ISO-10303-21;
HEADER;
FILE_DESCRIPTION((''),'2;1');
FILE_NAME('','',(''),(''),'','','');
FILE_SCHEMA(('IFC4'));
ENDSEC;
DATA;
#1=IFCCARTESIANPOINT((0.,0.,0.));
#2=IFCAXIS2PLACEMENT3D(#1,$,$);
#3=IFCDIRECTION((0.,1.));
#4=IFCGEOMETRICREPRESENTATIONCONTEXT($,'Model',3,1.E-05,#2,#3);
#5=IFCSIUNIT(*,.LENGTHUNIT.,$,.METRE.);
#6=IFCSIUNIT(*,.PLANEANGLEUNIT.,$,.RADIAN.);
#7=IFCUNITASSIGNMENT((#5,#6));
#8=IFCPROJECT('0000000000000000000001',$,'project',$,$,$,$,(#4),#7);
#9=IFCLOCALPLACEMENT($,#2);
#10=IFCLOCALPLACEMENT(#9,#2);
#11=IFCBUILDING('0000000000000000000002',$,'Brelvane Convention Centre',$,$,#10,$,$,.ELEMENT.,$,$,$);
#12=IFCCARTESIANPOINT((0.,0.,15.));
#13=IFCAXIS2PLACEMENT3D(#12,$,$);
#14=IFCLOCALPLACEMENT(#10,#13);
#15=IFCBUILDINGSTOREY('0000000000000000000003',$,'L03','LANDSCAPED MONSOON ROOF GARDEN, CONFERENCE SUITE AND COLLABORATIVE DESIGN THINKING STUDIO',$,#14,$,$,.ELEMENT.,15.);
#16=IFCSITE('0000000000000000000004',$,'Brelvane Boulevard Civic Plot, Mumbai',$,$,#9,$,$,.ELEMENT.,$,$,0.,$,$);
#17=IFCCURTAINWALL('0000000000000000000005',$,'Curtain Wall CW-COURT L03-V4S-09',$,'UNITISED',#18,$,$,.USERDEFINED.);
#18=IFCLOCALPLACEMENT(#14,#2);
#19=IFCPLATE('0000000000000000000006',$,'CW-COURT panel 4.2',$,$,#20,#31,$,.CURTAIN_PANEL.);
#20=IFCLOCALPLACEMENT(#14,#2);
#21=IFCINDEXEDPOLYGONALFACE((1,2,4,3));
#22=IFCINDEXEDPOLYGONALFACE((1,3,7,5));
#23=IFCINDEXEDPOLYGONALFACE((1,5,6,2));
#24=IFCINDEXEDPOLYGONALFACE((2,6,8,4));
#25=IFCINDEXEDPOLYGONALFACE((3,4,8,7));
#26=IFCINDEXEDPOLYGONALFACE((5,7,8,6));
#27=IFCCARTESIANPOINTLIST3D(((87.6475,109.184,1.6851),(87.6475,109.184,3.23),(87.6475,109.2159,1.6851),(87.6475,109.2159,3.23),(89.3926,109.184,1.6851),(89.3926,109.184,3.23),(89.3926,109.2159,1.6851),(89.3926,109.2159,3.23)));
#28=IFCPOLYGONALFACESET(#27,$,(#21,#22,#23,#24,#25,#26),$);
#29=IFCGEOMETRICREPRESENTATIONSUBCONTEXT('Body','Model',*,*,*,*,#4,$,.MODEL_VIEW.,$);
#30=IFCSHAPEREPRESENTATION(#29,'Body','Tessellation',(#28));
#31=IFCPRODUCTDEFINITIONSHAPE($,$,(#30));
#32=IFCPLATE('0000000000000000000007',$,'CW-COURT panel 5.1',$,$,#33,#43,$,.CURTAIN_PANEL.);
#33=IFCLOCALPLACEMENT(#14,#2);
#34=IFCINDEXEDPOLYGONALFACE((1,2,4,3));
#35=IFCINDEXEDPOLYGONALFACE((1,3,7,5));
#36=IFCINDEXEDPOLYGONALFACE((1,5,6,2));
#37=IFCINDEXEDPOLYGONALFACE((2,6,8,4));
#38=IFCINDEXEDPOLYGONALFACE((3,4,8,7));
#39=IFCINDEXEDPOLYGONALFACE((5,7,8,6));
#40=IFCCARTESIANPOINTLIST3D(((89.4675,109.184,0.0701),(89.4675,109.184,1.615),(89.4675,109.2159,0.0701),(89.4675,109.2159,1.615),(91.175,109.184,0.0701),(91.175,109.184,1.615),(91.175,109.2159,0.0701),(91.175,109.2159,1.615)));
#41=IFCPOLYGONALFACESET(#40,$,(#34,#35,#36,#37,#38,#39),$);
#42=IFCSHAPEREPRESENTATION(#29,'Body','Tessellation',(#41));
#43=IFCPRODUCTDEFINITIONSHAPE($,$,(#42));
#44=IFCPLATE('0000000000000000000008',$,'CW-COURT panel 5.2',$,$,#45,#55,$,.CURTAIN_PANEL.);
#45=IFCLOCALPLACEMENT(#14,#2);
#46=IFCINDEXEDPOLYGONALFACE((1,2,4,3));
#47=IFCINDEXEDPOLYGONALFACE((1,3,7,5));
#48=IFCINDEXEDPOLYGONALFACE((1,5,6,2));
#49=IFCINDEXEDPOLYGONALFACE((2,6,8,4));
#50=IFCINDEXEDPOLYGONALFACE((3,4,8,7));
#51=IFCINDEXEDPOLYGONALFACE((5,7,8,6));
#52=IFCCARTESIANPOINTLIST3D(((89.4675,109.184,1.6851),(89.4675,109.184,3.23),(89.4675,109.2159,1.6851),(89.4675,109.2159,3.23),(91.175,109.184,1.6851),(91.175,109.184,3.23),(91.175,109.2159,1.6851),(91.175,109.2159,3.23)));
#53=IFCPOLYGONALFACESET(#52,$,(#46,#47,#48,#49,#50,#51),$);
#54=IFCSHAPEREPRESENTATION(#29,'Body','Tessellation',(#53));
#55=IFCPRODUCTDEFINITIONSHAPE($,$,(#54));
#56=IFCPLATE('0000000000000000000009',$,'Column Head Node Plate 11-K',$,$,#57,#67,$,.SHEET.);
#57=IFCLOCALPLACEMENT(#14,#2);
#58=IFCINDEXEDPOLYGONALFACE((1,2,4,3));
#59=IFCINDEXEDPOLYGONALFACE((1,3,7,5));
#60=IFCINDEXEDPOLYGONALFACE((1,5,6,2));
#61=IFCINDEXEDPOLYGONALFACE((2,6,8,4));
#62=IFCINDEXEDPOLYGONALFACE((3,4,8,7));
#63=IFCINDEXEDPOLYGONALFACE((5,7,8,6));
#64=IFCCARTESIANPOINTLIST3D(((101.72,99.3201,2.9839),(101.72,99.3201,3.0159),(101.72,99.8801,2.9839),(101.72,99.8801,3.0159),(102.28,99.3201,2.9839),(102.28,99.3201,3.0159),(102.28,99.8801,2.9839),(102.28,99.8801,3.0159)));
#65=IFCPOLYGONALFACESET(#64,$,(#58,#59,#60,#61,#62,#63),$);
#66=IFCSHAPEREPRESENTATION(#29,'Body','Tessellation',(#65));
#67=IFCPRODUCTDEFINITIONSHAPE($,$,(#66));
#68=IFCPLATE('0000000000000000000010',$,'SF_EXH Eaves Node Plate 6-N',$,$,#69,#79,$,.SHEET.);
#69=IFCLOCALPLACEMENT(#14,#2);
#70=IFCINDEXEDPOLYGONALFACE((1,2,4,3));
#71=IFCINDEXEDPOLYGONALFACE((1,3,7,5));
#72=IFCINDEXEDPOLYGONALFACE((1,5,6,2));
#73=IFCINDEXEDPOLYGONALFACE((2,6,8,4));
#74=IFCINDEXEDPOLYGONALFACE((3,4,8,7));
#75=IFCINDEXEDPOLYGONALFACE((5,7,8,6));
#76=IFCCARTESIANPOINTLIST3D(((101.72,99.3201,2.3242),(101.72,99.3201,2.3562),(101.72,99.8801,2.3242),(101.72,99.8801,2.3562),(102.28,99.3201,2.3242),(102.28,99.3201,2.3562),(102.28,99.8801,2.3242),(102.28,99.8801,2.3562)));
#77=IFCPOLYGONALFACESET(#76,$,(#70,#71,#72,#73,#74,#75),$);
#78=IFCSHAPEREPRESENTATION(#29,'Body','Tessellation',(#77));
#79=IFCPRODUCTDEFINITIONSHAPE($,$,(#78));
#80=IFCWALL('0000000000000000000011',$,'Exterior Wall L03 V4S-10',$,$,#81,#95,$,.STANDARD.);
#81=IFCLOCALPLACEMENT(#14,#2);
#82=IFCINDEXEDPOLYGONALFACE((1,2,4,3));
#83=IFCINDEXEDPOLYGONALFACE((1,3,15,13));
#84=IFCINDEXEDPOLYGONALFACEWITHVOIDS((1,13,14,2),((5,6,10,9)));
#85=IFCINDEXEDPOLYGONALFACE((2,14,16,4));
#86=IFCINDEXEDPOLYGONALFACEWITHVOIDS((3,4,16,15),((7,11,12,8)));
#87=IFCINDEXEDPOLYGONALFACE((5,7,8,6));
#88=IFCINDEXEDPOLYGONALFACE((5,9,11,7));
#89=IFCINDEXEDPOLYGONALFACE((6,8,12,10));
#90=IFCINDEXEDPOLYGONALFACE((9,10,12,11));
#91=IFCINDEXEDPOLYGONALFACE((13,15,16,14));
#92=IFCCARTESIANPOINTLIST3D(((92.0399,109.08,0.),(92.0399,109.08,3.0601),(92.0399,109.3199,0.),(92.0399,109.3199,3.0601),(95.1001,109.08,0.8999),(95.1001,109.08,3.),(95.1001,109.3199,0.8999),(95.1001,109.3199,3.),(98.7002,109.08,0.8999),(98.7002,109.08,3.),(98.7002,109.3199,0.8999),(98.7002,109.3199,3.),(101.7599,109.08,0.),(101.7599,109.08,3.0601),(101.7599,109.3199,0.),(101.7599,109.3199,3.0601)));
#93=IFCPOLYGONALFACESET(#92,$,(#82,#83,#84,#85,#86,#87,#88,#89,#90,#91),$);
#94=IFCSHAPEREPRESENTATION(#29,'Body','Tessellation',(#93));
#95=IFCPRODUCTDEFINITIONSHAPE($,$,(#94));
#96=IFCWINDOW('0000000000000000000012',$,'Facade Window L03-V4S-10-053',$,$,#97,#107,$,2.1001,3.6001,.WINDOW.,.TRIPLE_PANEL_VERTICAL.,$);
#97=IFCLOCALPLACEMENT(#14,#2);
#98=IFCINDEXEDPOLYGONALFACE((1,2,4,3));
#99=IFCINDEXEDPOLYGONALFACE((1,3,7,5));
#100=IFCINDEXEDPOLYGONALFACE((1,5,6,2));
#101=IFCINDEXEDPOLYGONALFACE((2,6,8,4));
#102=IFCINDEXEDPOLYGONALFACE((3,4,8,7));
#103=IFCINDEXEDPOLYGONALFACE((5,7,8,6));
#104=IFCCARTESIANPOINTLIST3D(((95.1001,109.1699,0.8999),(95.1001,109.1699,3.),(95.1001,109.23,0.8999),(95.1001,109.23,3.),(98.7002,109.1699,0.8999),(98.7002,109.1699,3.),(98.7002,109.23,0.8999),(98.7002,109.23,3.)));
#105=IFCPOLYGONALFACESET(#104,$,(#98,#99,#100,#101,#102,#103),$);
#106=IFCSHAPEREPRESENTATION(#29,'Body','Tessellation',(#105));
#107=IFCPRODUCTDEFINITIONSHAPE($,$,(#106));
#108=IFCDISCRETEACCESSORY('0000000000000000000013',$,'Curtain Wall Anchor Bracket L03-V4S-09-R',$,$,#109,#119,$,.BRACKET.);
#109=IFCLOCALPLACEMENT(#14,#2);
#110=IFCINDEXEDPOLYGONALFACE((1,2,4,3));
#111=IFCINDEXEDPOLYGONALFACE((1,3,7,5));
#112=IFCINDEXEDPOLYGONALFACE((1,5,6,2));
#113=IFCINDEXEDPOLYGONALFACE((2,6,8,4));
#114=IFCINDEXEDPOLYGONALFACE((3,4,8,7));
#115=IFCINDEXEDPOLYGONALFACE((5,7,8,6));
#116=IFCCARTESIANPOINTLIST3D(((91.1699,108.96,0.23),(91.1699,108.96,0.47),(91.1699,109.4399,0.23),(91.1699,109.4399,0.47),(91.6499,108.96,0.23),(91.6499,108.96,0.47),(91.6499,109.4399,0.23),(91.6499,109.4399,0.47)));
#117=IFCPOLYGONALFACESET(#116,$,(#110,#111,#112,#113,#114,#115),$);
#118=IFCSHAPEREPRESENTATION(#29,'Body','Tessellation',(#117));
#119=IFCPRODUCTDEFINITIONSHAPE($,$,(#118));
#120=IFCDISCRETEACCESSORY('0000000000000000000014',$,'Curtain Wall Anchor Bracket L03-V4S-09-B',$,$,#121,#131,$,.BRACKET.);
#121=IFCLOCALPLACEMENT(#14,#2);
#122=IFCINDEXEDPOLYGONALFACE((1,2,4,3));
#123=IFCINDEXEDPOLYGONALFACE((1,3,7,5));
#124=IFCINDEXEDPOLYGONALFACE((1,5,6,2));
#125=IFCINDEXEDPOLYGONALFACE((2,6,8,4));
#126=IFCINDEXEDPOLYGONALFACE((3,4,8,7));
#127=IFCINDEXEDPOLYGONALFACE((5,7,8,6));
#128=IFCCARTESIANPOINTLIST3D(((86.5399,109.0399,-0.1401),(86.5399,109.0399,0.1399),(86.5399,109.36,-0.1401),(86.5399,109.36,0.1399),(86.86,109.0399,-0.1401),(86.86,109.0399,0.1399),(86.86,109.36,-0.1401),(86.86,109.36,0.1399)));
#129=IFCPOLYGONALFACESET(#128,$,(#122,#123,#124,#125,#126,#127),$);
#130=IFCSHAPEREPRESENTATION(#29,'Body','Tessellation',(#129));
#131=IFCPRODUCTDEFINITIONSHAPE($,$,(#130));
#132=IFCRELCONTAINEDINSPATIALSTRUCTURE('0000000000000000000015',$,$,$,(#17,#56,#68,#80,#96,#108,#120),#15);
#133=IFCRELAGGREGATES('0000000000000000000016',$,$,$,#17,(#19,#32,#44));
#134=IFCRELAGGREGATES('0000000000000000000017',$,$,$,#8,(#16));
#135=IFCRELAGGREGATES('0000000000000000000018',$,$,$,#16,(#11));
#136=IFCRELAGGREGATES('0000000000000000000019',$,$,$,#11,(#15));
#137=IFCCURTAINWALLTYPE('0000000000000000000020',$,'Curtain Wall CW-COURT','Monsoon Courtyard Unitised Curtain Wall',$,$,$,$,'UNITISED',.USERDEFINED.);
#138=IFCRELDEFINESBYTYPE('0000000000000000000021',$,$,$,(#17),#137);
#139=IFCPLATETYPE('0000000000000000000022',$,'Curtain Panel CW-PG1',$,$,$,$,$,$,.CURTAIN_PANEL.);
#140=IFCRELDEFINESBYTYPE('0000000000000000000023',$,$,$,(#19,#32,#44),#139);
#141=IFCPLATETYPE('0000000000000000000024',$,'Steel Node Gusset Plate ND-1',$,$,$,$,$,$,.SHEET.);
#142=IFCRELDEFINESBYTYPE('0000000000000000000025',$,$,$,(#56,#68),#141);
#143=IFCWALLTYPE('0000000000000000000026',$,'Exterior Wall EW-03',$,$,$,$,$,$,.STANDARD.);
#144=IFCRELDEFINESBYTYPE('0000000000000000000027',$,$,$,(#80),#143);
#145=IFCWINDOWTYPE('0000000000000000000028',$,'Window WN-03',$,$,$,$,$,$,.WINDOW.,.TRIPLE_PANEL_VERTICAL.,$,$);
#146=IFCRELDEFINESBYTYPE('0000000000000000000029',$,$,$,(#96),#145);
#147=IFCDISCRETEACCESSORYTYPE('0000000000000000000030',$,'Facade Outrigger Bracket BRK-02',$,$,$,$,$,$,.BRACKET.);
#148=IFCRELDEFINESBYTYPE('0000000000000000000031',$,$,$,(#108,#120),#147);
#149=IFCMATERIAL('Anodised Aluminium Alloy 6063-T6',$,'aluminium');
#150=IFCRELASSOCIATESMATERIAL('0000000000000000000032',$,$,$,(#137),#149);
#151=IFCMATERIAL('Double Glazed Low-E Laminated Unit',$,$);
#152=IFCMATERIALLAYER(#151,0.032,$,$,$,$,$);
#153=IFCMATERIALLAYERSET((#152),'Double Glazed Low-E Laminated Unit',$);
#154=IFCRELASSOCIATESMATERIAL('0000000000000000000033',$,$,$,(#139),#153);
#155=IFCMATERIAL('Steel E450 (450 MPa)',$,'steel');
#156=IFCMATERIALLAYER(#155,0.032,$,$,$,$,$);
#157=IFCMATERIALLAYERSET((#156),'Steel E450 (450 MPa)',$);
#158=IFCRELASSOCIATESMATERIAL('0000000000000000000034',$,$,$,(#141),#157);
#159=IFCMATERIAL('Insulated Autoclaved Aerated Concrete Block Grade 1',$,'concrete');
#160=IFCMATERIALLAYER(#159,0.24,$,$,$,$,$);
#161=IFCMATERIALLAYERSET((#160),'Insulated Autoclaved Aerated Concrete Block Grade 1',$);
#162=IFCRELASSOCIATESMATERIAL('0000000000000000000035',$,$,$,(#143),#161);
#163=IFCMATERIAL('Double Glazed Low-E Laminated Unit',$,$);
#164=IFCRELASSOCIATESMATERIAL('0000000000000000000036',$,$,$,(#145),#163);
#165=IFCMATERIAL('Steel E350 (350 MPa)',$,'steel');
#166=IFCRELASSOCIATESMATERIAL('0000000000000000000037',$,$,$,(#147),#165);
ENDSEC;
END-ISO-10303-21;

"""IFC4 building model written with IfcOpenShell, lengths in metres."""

from ifc_helpers import new_model, si_unit, direction, frame, frame_2d, origin, origin_2d, place, context, subcontext, project, spatial, rectangle, extrude, material, layer, layer_set, type_object, element, fill, aggregate, save


model = new_model("IFC4")

# Units and contexts
model_context = context("Model", 3, precision=1e-05, world=origin(), true_north=direction((0.0, 1.0)))
body_context = subcontext(model_context, "Body", "Model", "MODEL_VIEW")
ifc_project = project(units=[si_unit("LENGTHUNIT", "METRE"), si_unit("PLANEANGLEUNIT", "RADIAN")], contexts=[model_context])

# Site, building, storey
site_placement = place(None, origin())
site = spatial("IfcSite", under=ifc_project, at=site_placement, Name="Brelvane Boulevard Civic Plot, Mumbai", CompositionType="ELEMENT", RefElevation=0.0)
building_placement = place(site_placement, origin())
building = spatial("IfcBuilding", under=site, at=building_placement, Name="Brelvane Convention Centre", CompositionType="ELEMENT")
storey_placement = place(building_placement, frame((0.0, 0.0, 15.0)))
storey = spatial("IfcBuildingStorey", under=building, at=storey_placement, Name="L03", Description="LANDSCAPED MONSOON ROOF GARDEN, CONFERENCE SUITE AND COLLABORATIVE DESIGN THINKING STUDIO", CompositionType="ELEMENT", Elevation=15.0)

# Curtain wall
ifc_material_1 = material(Name="Anodised Aluminium Alloy 6063-T6", Category="aluminium")
curtain_wall_type = type_object("IfcCurtainWallType", Name="Curtain Wall CW-COURT", Description="Monsoon Courtyard Unitised Curtain Wall", ElementType="UNITISED", PredefinedType="USERDEFINED", material=ifc_material_1)
curtain_wall_placement = place(storey_placement, origin())
curtain_wall = element("IfcCurtainWall", 1, at=curtain_wall_placement, inside=storey, type_object=curtain_wall_type, Name="Curtain Wall CW-COURT L03-V4S-09", ObjectType="UNITISED", PredefinedType="USERDEFINED")

# Plates
ifc_material_2 = material(Name="Double Glazed Low-E Laminated Unit")
ifc_layer_1 = layer(ifc_material_2, 0.032)
ifc_layer_set_1 = layer_set([ifc_layer_1], Name="Double Glazed Low-E Laminated Unit")
plate_type_1 = type_object("IfcPlateType", Name="Curtain Panel CW-PG1", PredefinedType="CURTAIN_PANEL", material=ifc_layer_set_1)
plate_1_placement = place(storey_placement, frame((88.52, 109.2, 1.6851), z_axis=(0.0, 0.0, 1.0), x_axis=(1.0, 0.0, 0.0)))
plate_1 = element("IfcPlate", 2, at=plate_1_placement, type_object=plate_type_1, Name="CW-COURT panel 4.2", PredefinedType="CURTAIN_PANEL", context=body_context, shape_type="SweptSolid", body=[
    extrude(rectangle(XDim=1.7451, YDim=0.032, at=origin_2d()), origin(), (0.0, 0.0, 1.0), 1.5449),
])
plate_2_placement = place(storey_placement, frame((90.3213, 109.2, 0.0701), z_axis=(0.0, 0.0, 1.0), x_axis=(1.0, 0.0, 0.0)))
plate_2 = element("IfcPlate", 3, at=plate_2_placement, type_object=plate_type_1, Name="CW-COURT panel 5.1", PredefinedType="CURTAIN_PANEL", context=body_context, shape_type="SweptSolid", body=[
    extrude(rectangle(XDim=1.7075, YDim=0.032, at=origin_2d()), origin(), (0.0, 0.0, 1.0), 1.5449),
])
plate_3_placement = place(storey_placement, frame((90.3213, 109.2, 1.6851), z_axis=(0.0, 0.0, 1.0), x_axis=(1.0, 0.0, 0.0)))
plate_3 = element("IfcPlate", 4, at=plate_3_placement, type_object=plate_type_1, Name="CW-COURT panel 5.2", PredefinedType="CURTAIN_PANEL", context=body_context, shape_type="SweptSolid", body=[
    extrude(rectangle(XDim=1.7075, YDim=0.032, at=origin_2d()), origin(), (0.0, 0.0, 1.0), 1.5449),
])
aggregate(curtain_wall, [plate_1, plate_2, plate_3])

# Plates
ifc_material_3 = material(Name="Steel E450 (450 MPa)", Category="steel")
ifc_layer_2 = layer(ifc_material_3, 0.032)
ifc_layer_set_2 = layer_set([ifc_layer_2], Name="Steel E450 (450 MPa)")
plate_type_2 = type_object("IfcPlateType", Name="Steel Node Gusset Plate ND-1", PredefinedType="SHEET", material=ifc_layer_set_2)
for number, where, z_axis, x_axis, name in (
    (5, (102.0, 99.6001, 2.9839), (0.0, 0.0, 1.0), (1.0, 0.0, 0.0), "Column Head Node Plate 11-K"),
    (6, (102.0, 99.6001, 2.3242), (0.0, 0.0, 1.0), (1.0, 0.0, 0.0), "SF_EXH Eaves Node Plate 6-N"),
):
    element("IfcPlate", number, at=place(storey_placement, frame(where, z_axis=z_axis, x_axis=x_axis)), inside=storey, type_object=plate_type_2, Name=name, PredefinedType="SHEET", context=body_context, shape_type="SweptSolid", body=[
        extrude(rectangle(XDim=0.5601, YDim=0.5601, at=origin_2d()), origin(), (0.0, 0.0, 1.0), 0.032),
    ])

# Wall, opening, window
ifc_material_4 = material(Name="Insulated Autoclaved Aerated Concrete Block Grade 1", Category="concrete")
ifc_layer_3 = layer(ifc_material_4, 0.24)
ifc_layer_set_3 = layer_set([ifc_layer_3], Name="Insulated Autoclaved Aerated Concrete Block Grade 1")
wall_type = type_object("IfcWallType", Name="Exterior Wall EW-03", PredefinedType="STANDARD", material=ifc_layer_set_3)
wall_placement = place(storey_placement, frame((92.04, 109.2, 0.0), z_axis=(0.0, 0.0, 1.0), x_axis=(1.0, 0.0, 0.0)))
wall = element("IfcWall", 7, at=wall_placement, inside=storey, type_object=wall_type, Name="Exterior Wall L03 V4S-10", PredefinedType="STANDARD", context=body_context, shape_type="SweptSolid", body=[
    extrude(rectangle(XDim=9.72, YDim=0.24, at=frame_2d((4.8599, 0.0))), origin(), (0.0, 0.0, 1.0), 3.0601),
])
opening_placement = place(wall_placement, frame((3.0601, 0.0, 0.8999)))
opening = element("IfcOpeningElement", 8, at=opening_placement, cuts=wall, PredefinedType="OPENING", context=body_context, shape_type="SweptSolid", body=[
    extrude(rectangle(XDim=3.6001, YDim=2.1001, at=frame_2d((1.8, 1.05))), frame((0.0, 0.1299, 0.0), z_axis=(0.0, -1.0, 0.0), x_axis=(1.0, 0.0, 0.0)), (0.0, 0.0, 1.0), 0.26),
])
ifc_material_5 = material(Name="Double Glazed Low-E Laminated Unit")
window_type = type_object("IfcWindowType", Name="Window WN-03", PartitioningType="TRIPLE_PANEL_VERTICAL", PredefinedType="WINDOW", material=ifc_material_5)
window_placement = place(opening_placement, origin())
window = element("IfcWindow", 9, at=window_placement, inside=storey, type_object=window_type, Name="Facade Window L03-V4S-10-053", OverallHeight=2.1001, OverallWidth=3.6001, PartitioningType="TRIPLE_PANEL_VERTICAL", PredefinedType="WINDOW", context=body_context, shape_type="SweptSolid", body=[
    extrude(rectangle(XDim=3.6001, YDim=2.1001, at=frame_2d((1.8, 1.05))), frame((0.0, 0.03, 0.0), z_axis=(0.0, -1.0, 0.0), x_axis=(1.0, 0.0, 0.0)), (0.0, 0.0, 1.0), 0.0601),
])
fill(opening, window)

# Discrete accessories
ifc_material_6 = material(Name="Steel E350 (350 MPa)", Category="steel")
discrete_accessory_type = type_object("IfcDiscreteAccessoryType", Name="Facade Outrigger Bracket BRK-02", PredefinedType="BRACKET", material=ifc_material_6)
discrete_accessory_1_placement = place(storey_placement, frame((91.4099, 109.2, 0.23), z_axis=(0.0, 0.0, 1.0), x_axis=(1.0, 0.0, 0.0)))
element("IfcDiscreteAccessory", 10, at=discrete_accessory_1_placement, inside=storey, type_object=discrete_accessory_type, Name="Curtain Wall Anchor Bracket L03-V4S-09-R", PredefinedType="BRACKET", context=body_context, shape_type="SweptSolid", body=[
    extrude(rectangle(XDim=0.48, YDim=0.48, at=origin_2d()), origin(), (0.0, 0.0, 1.0), 0.24),
])
discrete_accessory_2_placement = place(storey_placement, frame((86.7, 109.2, -0.1401), z_axis=(0.0, 0.0, 1.0), x_axis=(1.0, 0.0, 0.0)))
element("IfcDiscreteAccessory", 11, at=discrete_accessory_2_placement, inside=storey, type_object=discrete_accessory_type, Name="Curtain Wall Anchor Bracket L03-V4S-09-B", PredefinedType="BRACKET", context=body_context, shape_type="SweptSolid", body=[
    extrude(rectangle(XDim=0.3201, YDim=0.3201, at=origin_2d()), origin(), (0.0, 0.0, 1.0), 0.28),
])

save(model, "model.ifc")
